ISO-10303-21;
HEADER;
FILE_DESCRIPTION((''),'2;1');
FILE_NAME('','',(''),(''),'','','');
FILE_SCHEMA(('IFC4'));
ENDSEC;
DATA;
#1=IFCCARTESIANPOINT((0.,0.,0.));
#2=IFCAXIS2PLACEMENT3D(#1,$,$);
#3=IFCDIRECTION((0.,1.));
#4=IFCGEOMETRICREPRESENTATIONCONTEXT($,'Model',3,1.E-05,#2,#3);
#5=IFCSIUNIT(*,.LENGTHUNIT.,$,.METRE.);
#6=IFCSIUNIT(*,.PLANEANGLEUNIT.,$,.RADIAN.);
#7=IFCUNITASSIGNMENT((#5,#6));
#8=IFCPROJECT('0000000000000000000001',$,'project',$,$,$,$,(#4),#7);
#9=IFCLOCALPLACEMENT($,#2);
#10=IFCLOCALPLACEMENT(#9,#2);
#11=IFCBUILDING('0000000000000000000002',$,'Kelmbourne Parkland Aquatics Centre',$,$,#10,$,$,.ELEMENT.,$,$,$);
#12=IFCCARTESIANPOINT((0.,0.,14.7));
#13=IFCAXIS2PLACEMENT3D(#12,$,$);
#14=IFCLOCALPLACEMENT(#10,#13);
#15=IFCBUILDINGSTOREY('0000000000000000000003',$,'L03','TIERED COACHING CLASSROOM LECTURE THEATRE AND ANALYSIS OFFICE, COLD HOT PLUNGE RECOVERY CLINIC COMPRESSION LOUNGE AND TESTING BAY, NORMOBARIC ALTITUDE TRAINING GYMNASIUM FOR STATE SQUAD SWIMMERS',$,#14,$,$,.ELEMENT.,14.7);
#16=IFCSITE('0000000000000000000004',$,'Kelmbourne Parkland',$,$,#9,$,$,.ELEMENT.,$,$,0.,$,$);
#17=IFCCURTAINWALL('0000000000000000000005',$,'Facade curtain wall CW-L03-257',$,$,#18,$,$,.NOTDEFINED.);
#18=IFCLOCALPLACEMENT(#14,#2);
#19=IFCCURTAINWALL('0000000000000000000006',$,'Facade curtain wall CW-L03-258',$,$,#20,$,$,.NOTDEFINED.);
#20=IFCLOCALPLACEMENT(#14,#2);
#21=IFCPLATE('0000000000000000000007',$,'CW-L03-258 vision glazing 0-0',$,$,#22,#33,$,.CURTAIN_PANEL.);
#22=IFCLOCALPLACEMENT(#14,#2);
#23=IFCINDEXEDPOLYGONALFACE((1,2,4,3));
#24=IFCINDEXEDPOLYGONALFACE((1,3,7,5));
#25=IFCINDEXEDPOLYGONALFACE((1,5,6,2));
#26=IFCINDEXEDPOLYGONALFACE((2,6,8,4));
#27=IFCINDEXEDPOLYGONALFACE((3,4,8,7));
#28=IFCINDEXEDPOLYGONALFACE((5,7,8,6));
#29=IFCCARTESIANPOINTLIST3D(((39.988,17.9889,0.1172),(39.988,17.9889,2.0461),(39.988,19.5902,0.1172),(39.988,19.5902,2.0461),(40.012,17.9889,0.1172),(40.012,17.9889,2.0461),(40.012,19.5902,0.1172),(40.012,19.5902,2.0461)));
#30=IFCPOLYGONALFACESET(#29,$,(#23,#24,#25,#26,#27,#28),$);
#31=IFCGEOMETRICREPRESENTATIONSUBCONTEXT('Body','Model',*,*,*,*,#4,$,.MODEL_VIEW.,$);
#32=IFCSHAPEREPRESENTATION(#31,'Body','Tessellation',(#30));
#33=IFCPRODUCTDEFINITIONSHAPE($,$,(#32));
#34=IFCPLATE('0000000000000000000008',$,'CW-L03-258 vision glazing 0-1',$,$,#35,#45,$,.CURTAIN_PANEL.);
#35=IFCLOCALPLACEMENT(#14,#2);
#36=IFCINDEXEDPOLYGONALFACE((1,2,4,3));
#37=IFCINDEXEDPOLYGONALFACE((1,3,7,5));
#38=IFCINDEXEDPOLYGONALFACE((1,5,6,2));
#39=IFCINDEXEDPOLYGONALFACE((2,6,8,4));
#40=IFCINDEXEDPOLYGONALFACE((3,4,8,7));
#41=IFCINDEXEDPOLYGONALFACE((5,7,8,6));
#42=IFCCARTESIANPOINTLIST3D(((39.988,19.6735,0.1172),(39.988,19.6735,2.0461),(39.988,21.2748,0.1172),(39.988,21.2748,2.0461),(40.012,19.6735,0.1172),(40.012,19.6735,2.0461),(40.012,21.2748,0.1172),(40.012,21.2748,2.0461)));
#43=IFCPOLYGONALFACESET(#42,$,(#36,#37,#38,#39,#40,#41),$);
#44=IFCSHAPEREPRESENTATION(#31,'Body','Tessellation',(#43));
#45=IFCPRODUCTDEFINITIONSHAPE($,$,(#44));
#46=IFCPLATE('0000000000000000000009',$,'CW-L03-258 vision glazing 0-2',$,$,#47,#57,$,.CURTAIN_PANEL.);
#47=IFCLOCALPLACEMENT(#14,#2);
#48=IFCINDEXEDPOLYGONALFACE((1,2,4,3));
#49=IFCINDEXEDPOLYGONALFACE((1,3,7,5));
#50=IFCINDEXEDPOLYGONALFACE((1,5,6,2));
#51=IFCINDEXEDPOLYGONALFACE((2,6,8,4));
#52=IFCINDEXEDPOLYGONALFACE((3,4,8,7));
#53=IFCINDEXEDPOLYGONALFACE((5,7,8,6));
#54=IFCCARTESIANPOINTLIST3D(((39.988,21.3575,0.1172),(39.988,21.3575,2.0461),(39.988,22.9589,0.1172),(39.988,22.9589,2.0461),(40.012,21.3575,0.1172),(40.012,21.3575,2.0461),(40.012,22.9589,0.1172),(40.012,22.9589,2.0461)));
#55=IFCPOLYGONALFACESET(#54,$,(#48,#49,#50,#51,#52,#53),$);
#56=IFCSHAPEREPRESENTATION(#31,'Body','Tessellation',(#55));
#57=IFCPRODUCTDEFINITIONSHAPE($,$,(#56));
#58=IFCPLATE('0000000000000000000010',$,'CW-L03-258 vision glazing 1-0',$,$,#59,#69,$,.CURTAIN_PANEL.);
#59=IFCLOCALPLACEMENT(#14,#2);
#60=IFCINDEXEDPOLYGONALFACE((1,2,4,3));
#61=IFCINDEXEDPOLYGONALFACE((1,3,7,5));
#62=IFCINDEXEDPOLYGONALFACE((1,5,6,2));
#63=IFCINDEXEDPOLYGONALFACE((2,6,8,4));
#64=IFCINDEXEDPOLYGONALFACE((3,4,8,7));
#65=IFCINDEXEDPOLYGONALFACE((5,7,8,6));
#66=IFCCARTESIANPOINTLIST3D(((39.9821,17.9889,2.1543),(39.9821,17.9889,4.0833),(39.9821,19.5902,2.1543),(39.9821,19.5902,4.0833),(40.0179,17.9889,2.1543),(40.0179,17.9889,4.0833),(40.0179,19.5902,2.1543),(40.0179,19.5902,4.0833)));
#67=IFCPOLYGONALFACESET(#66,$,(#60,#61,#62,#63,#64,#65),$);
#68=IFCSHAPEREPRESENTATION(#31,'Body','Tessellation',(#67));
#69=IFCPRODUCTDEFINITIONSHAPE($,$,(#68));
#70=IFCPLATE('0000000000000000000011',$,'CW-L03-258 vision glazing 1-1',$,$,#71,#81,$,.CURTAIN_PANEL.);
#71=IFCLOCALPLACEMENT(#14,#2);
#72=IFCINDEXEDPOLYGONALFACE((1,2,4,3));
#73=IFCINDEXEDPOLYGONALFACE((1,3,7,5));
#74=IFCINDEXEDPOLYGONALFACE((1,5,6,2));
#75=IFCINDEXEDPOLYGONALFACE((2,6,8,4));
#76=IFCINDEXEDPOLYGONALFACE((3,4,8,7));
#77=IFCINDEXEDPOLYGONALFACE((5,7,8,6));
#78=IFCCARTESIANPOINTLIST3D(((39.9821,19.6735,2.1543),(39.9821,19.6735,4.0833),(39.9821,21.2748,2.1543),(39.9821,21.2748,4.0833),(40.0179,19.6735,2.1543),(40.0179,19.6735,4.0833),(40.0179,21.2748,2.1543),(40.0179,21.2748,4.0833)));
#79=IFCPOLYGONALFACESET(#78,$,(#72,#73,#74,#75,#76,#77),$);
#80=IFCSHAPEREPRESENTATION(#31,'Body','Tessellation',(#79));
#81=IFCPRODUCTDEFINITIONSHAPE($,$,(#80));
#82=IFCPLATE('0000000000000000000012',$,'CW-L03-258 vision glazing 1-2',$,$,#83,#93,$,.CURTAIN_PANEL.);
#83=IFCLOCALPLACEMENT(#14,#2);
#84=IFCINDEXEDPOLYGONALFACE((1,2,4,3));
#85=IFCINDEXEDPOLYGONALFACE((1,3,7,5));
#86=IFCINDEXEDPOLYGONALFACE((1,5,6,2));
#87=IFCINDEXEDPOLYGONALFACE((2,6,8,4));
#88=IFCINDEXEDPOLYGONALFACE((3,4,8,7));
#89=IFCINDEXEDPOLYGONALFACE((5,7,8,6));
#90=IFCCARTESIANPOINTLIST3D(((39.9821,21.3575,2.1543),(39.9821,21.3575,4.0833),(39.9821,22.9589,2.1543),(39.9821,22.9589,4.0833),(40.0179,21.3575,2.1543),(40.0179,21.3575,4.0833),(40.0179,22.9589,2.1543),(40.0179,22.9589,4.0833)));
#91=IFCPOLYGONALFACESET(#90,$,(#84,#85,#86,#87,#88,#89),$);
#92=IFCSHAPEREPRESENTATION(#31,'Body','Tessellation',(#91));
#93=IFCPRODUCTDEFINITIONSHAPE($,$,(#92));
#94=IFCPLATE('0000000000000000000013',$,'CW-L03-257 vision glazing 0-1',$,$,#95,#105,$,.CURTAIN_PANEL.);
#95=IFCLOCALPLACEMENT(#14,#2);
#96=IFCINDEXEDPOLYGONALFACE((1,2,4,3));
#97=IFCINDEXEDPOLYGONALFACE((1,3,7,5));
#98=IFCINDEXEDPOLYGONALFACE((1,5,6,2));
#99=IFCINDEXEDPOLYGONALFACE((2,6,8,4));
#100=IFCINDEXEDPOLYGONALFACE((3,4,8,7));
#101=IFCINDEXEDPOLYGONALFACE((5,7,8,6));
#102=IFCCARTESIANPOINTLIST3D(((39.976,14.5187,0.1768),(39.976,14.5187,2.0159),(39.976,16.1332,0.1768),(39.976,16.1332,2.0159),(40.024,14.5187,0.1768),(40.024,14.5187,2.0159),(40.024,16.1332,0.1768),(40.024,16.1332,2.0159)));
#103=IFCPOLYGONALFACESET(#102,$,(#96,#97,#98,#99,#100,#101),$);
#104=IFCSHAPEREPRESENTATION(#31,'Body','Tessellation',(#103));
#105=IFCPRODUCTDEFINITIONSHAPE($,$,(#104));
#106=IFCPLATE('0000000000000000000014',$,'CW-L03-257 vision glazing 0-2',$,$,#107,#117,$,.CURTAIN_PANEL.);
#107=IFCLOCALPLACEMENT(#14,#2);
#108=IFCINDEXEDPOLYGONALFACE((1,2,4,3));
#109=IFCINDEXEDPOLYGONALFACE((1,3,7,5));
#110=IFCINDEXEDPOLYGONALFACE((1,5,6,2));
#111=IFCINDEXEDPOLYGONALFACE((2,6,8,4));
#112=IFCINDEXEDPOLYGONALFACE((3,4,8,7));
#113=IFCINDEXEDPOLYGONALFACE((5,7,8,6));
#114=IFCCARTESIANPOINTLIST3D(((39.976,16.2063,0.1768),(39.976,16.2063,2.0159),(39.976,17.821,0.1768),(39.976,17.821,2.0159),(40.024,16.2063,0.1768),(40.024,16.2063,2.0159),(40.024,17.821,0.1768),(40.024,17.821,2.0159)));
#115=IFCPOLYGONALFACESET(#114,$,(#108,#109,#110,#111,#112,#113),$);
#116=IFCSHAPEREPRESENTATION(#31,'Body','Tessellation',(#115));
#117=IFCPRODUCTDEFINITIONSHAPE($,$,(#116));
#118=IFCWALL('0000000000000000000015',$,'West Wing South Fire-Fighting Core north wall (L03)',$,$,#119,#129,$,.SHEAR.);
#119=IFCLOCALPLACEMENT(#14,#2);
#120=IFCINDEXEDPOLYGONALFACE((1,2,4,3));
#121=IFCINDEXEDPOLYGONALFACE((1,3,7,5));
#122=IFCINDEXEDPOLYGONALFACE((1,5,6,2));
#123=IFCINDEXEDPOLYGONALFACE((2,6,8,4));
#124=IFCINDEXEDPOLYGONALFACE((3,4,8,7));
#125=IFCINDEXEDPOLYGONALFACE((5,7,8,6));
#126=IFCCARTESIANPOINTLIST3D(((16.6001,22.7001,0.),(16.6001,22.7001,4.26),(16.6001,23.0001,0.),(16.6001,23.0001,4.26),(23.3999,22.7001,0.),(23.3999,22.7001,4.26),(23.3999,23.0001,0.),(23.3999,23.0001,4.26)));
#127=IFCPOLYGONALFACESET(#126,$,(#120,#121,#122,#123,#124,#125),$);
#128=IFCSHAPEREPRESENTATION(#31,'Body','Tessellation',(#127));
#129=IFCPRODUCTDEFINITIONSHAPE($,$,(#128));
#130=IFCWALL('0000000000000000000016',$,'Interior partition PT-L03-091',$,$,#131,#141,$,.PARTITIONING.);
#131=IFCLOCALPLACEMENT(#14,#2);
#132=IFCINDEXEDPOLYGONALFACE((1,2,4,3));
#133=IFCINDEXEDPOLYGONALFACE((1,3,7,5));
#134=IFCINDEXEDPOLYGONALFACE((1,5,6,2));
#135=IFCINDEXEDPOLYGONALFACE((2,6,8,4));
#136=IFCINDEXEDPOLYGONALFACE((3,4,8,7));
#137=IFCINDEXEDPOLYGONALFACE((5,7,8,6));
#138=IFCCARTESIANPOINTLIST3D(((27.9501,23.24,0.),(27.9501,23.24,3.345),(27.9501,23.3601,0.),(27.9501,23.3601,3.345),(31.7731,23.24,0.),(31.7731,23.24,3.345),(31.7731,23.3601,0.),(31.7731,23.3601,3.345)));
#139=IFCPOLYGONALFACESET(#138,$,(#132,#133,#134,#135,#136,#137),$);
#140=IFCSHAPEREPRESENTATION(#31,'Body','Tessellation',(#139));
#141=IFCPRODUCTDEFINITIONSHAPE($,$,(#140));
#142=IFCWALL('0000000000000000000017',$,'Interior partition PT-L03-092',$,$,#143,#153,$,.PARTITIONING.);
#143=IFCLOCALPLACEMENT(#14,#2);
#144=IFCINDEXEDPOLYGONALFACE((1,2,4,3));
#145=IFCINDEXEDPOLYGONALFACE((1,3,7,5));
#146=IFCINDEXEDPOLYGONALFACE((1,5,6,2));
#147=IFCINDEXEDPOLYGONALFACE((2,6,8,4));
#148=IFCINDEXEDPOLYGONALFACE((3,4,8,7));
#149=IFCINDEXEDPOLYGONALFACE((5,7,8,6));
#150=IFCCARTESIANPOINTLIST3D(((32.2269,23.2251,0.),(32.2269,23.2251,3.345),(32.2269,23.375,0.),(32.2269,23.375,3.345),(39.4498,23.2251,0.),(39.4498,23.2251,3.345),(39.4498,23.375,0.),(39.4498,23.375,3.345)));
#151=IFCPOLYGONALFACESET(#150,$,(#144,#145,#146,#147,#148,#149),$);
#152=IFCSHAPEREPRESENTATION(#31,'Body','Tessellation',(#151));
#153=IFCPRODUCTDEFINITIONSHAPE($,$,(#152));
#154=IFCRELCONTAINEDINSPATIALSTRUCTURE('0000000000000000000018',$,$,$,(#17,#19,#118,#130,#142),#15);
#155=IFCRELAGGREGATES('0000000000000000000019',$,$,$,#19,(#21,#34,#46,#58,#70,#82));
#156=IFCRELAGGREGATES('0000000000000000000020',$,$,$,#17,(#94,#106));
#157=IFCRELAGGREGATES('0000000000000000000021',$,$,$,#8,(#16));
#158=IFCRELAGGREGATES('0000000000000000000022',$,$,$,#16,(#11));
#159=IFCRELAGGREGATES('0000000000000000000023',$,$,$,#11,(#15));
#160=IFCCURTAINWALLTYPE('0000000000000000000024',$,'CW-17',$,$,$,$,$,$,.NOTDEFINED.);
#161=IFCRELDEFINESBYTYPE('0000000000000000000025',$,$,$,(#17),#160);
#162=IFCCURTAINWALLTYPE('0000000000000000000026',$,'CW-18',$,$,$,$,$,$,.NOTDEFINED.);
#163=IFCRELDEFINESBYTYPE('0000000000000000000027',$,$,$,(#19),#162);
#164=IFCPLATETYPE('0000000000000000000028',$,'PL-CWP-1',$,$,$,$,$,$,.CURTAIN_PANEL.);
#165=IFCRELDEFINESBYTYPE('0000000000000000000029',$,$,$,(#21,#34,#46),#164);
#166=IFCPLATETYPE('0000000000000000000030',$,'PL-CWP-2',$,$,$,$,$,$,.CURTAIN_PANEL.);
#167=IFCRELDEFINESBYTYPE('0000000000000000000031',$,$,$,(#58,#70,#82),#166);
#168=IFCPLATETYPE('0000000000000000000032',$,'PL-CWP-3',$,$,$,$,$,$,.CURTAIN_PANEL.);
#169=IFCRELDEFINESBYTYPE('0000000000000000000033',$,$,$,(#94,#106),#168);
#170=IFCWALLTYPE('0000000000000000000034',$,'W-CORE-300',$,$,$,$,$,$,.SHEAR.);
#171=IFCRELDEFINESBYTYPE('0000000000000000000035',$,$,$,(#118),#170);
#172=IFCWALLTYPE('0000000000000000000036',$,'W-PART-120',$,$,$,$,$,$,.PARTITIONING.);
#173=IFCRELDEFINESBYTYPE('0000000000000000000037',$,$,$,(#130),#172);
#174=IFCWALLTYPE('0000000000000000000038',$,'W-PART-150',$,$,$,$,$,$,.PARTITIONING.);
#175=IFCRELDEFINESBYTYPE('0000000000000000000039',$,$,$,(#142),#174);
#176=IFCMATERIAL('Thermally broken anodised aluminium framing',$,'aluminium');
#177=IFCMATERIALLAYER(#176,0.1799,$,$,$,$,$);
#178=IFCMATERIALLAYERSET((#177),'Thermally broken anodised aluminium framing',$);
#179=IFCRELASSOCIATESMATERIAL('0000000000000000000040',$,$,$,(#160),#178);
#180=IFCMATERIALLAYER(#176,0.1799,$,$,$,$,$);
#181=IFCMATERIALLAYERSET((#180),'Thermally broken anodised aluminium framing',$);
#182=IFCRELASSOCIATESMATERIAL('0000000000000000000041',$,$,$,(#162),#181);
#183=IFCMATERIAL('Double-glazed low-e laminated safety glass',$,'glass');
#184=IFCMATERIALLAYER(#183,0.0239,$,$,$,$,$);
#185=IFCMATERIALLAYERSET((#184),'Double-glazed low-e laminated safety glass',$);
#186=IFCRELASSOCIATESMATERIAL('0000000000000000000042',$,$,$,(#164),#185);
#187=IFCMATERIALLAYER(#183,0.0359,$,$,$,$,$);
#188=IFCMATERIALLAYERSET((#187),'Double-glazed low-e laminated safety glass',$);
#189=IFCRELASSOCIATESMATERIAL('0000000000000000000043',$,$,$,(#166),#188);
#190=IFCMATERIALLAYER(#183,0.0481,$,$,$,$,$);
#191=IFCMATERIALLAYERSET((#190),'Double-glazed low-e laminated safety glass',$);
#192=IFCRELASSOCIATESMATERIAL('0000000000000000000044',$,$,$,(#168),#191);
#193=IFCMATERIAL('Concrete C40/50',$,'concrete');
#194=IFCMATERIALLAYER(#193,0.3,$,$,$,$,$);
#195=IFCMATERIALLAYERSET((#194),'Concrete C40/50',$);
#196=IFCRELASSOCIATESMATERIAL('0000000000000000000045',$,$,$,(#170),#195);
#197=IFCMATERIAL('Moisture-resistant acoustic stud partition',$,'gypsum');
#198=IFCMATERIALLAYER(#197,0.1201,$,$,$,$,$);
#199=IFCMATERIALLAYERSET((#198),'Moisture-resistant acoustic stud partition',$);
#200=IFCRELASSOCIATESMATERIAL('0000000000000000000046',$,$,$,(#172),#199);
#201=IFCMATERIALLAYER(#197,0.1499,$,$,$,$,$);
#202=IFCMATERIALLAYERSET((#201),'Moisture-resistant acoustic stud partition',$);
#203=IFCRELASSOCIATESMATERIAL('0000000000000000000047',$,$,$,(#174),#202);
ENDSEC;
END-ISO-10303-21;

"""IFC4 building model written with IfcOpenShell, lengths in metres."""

from ifc_helpers import new_model, si_unit, direction, frame, frame_2d, origin, origin_2d, place, context, subcontext, project, spatial, rectangle, extrude, material, layer, layer_set, type_object, element, aggregate, save


model = new_model("IFC4")

# Units and contexts
model_context = context("Model", 3, precision=1e-05, world=origin(), true_north=direction((0.0, 1.0)))
body_context = subcontext(model_context, "Body", "Model", "MODEL_VIEW")
ifc_project = project(units=[si_unit("LENGTHUNIT", "METRE"), si_unit("PLANEANGLEUNIT", "RADIAN")], contexts=[model_context])

# Site, building, storey
site_placement = place(None, origin())
site = spatial("IfcSite", under=ifc_project, at=site_placement, Name="Kelmbourne Parkland", CompositionType="ELEMENT", RefElevation=0.0)
building_placement = place(site_placement, origin())
building = spatial("IfcBuilding", under=site, at=building_placement, Name="Kelmbourne Parkland Aquatics Centre", CompositionType="ELEMENT")
storey_placement = place(building_placement, frame((0.0, 0.0, 14.7)))
storey = spatial("IfcBuildingStorey", under=building, at=storey_placement, Name="L03", Description="TIERED COACHING CLASSROOM LECTURE THEATRE AND ANALYSIS OFFICE, COLD HOT PLUNGE RECOVERY CLINIC COMPRESSION LOUNGE AND TESTING BAY, NORMOBARIC ALTITUDE TRAINING GYMNASIUM FOR STATE SQUAD SWIMMERS", CompositionType="ELEMENT", Elevation=14.7)

# Shared definitions
ifc_material_1 = material(Name="Concrete C40/50", Category="concrete")

# Curtain walls
ifc_material_2 = material(Name="Thermally broken anodised aluminium framing", Category="aluminium")
ifc_layer_1 = layer(ifc_material_2, 0.1799)
ifc_layer_set_1 = layer_set([ifc_layer_1], Name="Thermally broken anodised aluminium framing")
curtain_wall_type_1 = type_object("IfcCurtainWallType", Name="CW-17", PredefinedType="NOTDEFINED", material=ifc_layer_set_1)
curtain_wall_1_placement = place(storey_placement, origin())
curtain_wall_1 = element("IfcCurtainWall", 1, at=curtain_wall_1_placement, inside=storey, type_object=curtain_wall_type_1, Name="Facade curtain wall CW-L03-257", PredefinedType="NOTDEFINED")
ifc_layer_2 = layer(ifc_material_2, 0.1799)
ifc_layer_set_2 = layer_set([ifc_layer_2], Name="Thermally broken anodised aluminium framing")
curtain_wall_type_2 = type_object("IfcCurtainWallType", Name="CW-18", PredefinedType="NOTDEFINED", material=ifc_layer_set_2)
curtain_wall_2_placement = place(storey_placement, origin())
curtain_wall_2 = element("IfcCurtainWall", 2, at=curtain_wall_2_placement, inside=storey, type_object=curtain_wall_type_2, Name="Facade curtain wall CW-L03-258", PredefinedType="NOTDEFINED")

# Plates
ifc_material_3 = material(Name="Double-glazed low-e laminated safety glass", Category="glass")
ifc_layer_3 = layer(ifc_material_3, 0.0239)
ifc_layer_set_3 = layer_set([ifc_layer_3], Name="Double-glazed low-e laminated safety glass")
plate_type_1 = type_object("IfcPlateType", Name="PL-CWP-1", PredefinedType="CURTAIN_PANEL", material=ifc_layer_set_3)
plate_1_placement = place(storey_placement, frame((40.0, 18.7896, 0.1172), z_axis=(0.0, 0.0, 1.0), x_axis=(0.0, 1.0, 0.0)))
plate_1 = element("IfcPlate", 3, at=plate_1_placement, type_object=plate_type_1, Name="CW-L03-258 vision glazing 0-0", PredefinedType="CURTAIN_PANEL", context=body_context, shape_type="SweptSolid", body=[
    extrude(rectangle(XDim=1.6013, YDim=0.0239, at=origin_2d()), origin(), (0.0, 0.0, 1.0), 1.929),
])
plate_2_placement = place(storey_placement, frame((40.0, 20.4741, 0.1172), z_axis=(0.0, 0.0, 1.0), x_axis=(0.0, 1.0, 0.0)))
plate_2 = element("IfcPlate", 4, at=plate_2_placement, type_object=plate_type_1, Name="CW-L03-258 vision glazing 0-1", PredefinedType="CURTAIN_PANEL", context=body_context, shape_type="SweptSolid", body=[
    extrude(rectangle(XDim=1.6013, YDim=0.0239, at=origin_2d()), origin(), (0.0, 0.0, 1.0), 1.929),
])
plate_3_placement = place(storey_placement, frame((40.0, 22.1582, 0.1172), z_axis=(0.0, 0.0, 1.0), x_axis=(0.0, 1.0, 0.0)))
plate_3 = element("IfcPlate", 5, at=plate_3_placement, type_object=plate_type_1, Name="CW-L03-258 vision glazing 0-2", PredefinedType="CURTAIN_PANEL", context=body_context, shape_type="SweptSolid", body=[
    extrude(rectangle(XDim=1.6013, YDim=0.0239, at=origin_2d()), origin(), (0.0, 0.0, 1.0), 1.929),
])
ifc_layer_4 = layer(ifc_material_3, 0.0359)
ifc_layer_set_4 = layer_set([ifc_layer_4], Name="Double-glazed low-e laminated safety glass")
plate_type_2 = type_object("IfcPlateType", Name="PL-CWP-2", PredefinedType="CURTAIN_PANEL", material=ifc_layer_set_4)
plate_4_placement = place(storey_placement, frame((40.0, 18.7896, 2.1543), z_axis=(0.0, 0.0, 1.0), x_axis=(0.0, 1.0, 0.0)))
plate_4 = element("IfcPlate", 6, at=plate_4_placement, type_object=plate_type_2, Name="CW-L03-258 vision glazing 1-0", PredefinedType="CURTAIN_PANEL", context=body_context, shape_type="SweptSolid", body=[
    extrude(rectangle(XDim=1.6013, YDim=0.0359, at=origin_2d()), origin(), (0.0, 0.0, 1.0), 1.929),
])
plate_5_placement = place(storey_placement, frame((40.0, 20.4741, 2.1543), z_axis=(0.0, 0.0, 1.0), x_axis=(0.0, 1.0, 0.0)))
plate_5 = element("IfcPlate", 7, at=plate_5_placement, type_object=plate_type_2, Name="CW-L03-258 vision glazing 1-1", PredefinedType="CURTAIN_PANEL", context=body_context, shape_type="SweptSolid", body=[
    extrude(rectangle(XDim=1.6013, YDim=0.0359, at=origin_2d()), origin(), (0.0, 0.0, 1.0), 1.929),
])
plate_6_placement = place(storey_placement, frame((40.0, 22.1582, 2.1543), z_axis=(0.0, 0.0, 1.0), x_axis=(0.0, 1.0, 0.0)))
plate_6 = element("IfcPlate", 8, at=plate_6_placement, type_object=plate_type_2, Name="CW-L03-258 vision glazing 1-2", PredefinedType="CURTAIN_PANEL", context=body_context, shape_type="SweptSolid", body=[
    extrude(rectangle(XDim=1.6013, YDim=0.0359, at=origin_2d()), origin(), (0.0, 0.0, 1.0), 1.929),
])
aggregate(curtain_wall_2, [plate_1, plate_2, plate_3, plate_4, plate_5, plate_6])
ifc_layer_5 = layer(ifc_material_3, 0.0481)
ifc_layer_set_5 = layer_set([ifc_layer_5], Name="Double-glazed low-e laminated safety glass")
plate_type_3 = type_object("IfcPlateType", Name="PL-CWP-3", PredefinedType="CURTAIN_PANEL", material=ifc_layer_set_5)
plate_7_placement = place(storey_placement, frame((40.0, 15.3259, 0.1768), z_axis=(0.0, 0.0, 1.0), x_axis=(0.0, 1.0, 0.0)))
plate_7 = element("IfcPlate", 9, at=plate_7_placement, type_object=plate_type_3, Name="CW-L03-257 vision glazing 0-1", PredefinedType="CURTAIN_PANEL", context=body_context, shape_type="SweptSolid", body=[
    extrude(rectangle(XDim=1.6145, YDim=0.0481, at=origin_2d()), origin(), (0.0, 0.0, 1.0), 1.8391),
])
plate_8_placement = place(storey_placement, frame((40.0, 17.0137, 0.1768), z_axis=(0.0, 0.0, 1.0), x_axis=(0.0, 1.0, 0.0)))
plate_8 = element("IfcPlate", 10, at=plate_8_placement, type_object=plate_type_3, Name="CW-L03-257 vision glazing 0-2", PredefinedType="CURTAIN_PANEL", context=body_context, shape_type="SweptSolid", body=[
    extrude(rectangle(XDim=1.6147, YDim=0.0481, at=origin_2d()), origin(), (0.0, 0.0, 1.0), 1.8391),
])
aggregate(curtain_wall_1, [plate_7, plate_8])

# Walls
ifc_layer_6 = layer(ifc_material_1, 0.3)
ifc_layer_set_6 = layer_set([ifc_layer_6], Name="Concrete C40/50")
wall_type_1 = type_object("IfcWallType", Name="W-CORE-300", PredefinedType="SHEAR", material=ifc_layer_set_6)
wall_1_placement = place(storey_placement, frame((16.6001, 22.8501, 0.0), z_axis=(0.0, 0.0, 1.0), x_axis=(1.0, 0.0, 0.0)))
element("IfcWall", 11, at=wall_1_placement, inside=storey, type_object=wall_type_1, Name="West Wing South Fire-Fighting Core north wall (L03)", PredefinedType="SHEAR", context=body_context, shape_type="SweptSolid", body=[
    extrude(rectangle(XDim=6.7998, YDim=0.3, at=frame_2d((3.3999, 0.0))), origin(), (0.0, 0.0, 1.0), 4.26),
])
ifc_material_4 = material(Name="Moisture-resistant acoustic stud partition", Category="gypsum")
ifc_layer_7 = layer(ifc_material_4, 0.1201)
ifc_layer_set_7 = layer_set([ifc_layer_7], Name="Moisture-resistant acoustic stud partition")
wall_type_2 = type_object("IfcWallType", Name="W-PART-120", PredefinedType="PARTITIONING", material=ifc_layer_set_7)
wall_2_placement = place(storey_placement, frame((27.95, 23.3, 0.0), z_axis=(0.0, 0.0, 1.0), x_axis=(1.0, 0.0, 0.0)))
element("IfcWall", 12, at=wall_2_placement, inside=storey, type_object=wall_type_2, Name="Interior partition PT-L03-091", PredefinedType="PARTITIONING", context=body_context, shape_type="SweptSolid", body=[
    extrude(rectangle(XDim=3.823, YDim=0.1201, at=frame_2d((1.9116, 0.0))), origin(), (0.0, 0.0, 1.0), 3.345),
])
ifc_layer_8 = layer(ifc_material_4, 0.1499)
ifc_layer_set_8 = layer_set([ifc_layer_8], Name="Moisture-resistant acoustic stud partition")
wall_type_3 = type_object("IfcWallType", Name="W-PART-150", PredefinedType="PARTITIONING", material=ifc_layer_set_8)
wall_3_placement = place(storey_placement, frame((32.2271, 23.3, 0.0), z_axis=(0.0, 0.0, 1.0), x_axis=(1.0, 0.0, 0.0)))
element("IfcWall", 13, at=wall_3_placement, inside=storey, type_object=wall_type_3, Name="Interior partition PT-L03-092", PredefinedType="PARTITIONING", context=body_context, shape_type="SweptSolid", body=[
    extrude(rectangle(XDim=7.2229, YDim=0.1499, at=frame_2d((3.6113, 0.0))), origin(), (0.0, 0.0, 1.0), 3.345),
])

save(model, "model.ifc")
